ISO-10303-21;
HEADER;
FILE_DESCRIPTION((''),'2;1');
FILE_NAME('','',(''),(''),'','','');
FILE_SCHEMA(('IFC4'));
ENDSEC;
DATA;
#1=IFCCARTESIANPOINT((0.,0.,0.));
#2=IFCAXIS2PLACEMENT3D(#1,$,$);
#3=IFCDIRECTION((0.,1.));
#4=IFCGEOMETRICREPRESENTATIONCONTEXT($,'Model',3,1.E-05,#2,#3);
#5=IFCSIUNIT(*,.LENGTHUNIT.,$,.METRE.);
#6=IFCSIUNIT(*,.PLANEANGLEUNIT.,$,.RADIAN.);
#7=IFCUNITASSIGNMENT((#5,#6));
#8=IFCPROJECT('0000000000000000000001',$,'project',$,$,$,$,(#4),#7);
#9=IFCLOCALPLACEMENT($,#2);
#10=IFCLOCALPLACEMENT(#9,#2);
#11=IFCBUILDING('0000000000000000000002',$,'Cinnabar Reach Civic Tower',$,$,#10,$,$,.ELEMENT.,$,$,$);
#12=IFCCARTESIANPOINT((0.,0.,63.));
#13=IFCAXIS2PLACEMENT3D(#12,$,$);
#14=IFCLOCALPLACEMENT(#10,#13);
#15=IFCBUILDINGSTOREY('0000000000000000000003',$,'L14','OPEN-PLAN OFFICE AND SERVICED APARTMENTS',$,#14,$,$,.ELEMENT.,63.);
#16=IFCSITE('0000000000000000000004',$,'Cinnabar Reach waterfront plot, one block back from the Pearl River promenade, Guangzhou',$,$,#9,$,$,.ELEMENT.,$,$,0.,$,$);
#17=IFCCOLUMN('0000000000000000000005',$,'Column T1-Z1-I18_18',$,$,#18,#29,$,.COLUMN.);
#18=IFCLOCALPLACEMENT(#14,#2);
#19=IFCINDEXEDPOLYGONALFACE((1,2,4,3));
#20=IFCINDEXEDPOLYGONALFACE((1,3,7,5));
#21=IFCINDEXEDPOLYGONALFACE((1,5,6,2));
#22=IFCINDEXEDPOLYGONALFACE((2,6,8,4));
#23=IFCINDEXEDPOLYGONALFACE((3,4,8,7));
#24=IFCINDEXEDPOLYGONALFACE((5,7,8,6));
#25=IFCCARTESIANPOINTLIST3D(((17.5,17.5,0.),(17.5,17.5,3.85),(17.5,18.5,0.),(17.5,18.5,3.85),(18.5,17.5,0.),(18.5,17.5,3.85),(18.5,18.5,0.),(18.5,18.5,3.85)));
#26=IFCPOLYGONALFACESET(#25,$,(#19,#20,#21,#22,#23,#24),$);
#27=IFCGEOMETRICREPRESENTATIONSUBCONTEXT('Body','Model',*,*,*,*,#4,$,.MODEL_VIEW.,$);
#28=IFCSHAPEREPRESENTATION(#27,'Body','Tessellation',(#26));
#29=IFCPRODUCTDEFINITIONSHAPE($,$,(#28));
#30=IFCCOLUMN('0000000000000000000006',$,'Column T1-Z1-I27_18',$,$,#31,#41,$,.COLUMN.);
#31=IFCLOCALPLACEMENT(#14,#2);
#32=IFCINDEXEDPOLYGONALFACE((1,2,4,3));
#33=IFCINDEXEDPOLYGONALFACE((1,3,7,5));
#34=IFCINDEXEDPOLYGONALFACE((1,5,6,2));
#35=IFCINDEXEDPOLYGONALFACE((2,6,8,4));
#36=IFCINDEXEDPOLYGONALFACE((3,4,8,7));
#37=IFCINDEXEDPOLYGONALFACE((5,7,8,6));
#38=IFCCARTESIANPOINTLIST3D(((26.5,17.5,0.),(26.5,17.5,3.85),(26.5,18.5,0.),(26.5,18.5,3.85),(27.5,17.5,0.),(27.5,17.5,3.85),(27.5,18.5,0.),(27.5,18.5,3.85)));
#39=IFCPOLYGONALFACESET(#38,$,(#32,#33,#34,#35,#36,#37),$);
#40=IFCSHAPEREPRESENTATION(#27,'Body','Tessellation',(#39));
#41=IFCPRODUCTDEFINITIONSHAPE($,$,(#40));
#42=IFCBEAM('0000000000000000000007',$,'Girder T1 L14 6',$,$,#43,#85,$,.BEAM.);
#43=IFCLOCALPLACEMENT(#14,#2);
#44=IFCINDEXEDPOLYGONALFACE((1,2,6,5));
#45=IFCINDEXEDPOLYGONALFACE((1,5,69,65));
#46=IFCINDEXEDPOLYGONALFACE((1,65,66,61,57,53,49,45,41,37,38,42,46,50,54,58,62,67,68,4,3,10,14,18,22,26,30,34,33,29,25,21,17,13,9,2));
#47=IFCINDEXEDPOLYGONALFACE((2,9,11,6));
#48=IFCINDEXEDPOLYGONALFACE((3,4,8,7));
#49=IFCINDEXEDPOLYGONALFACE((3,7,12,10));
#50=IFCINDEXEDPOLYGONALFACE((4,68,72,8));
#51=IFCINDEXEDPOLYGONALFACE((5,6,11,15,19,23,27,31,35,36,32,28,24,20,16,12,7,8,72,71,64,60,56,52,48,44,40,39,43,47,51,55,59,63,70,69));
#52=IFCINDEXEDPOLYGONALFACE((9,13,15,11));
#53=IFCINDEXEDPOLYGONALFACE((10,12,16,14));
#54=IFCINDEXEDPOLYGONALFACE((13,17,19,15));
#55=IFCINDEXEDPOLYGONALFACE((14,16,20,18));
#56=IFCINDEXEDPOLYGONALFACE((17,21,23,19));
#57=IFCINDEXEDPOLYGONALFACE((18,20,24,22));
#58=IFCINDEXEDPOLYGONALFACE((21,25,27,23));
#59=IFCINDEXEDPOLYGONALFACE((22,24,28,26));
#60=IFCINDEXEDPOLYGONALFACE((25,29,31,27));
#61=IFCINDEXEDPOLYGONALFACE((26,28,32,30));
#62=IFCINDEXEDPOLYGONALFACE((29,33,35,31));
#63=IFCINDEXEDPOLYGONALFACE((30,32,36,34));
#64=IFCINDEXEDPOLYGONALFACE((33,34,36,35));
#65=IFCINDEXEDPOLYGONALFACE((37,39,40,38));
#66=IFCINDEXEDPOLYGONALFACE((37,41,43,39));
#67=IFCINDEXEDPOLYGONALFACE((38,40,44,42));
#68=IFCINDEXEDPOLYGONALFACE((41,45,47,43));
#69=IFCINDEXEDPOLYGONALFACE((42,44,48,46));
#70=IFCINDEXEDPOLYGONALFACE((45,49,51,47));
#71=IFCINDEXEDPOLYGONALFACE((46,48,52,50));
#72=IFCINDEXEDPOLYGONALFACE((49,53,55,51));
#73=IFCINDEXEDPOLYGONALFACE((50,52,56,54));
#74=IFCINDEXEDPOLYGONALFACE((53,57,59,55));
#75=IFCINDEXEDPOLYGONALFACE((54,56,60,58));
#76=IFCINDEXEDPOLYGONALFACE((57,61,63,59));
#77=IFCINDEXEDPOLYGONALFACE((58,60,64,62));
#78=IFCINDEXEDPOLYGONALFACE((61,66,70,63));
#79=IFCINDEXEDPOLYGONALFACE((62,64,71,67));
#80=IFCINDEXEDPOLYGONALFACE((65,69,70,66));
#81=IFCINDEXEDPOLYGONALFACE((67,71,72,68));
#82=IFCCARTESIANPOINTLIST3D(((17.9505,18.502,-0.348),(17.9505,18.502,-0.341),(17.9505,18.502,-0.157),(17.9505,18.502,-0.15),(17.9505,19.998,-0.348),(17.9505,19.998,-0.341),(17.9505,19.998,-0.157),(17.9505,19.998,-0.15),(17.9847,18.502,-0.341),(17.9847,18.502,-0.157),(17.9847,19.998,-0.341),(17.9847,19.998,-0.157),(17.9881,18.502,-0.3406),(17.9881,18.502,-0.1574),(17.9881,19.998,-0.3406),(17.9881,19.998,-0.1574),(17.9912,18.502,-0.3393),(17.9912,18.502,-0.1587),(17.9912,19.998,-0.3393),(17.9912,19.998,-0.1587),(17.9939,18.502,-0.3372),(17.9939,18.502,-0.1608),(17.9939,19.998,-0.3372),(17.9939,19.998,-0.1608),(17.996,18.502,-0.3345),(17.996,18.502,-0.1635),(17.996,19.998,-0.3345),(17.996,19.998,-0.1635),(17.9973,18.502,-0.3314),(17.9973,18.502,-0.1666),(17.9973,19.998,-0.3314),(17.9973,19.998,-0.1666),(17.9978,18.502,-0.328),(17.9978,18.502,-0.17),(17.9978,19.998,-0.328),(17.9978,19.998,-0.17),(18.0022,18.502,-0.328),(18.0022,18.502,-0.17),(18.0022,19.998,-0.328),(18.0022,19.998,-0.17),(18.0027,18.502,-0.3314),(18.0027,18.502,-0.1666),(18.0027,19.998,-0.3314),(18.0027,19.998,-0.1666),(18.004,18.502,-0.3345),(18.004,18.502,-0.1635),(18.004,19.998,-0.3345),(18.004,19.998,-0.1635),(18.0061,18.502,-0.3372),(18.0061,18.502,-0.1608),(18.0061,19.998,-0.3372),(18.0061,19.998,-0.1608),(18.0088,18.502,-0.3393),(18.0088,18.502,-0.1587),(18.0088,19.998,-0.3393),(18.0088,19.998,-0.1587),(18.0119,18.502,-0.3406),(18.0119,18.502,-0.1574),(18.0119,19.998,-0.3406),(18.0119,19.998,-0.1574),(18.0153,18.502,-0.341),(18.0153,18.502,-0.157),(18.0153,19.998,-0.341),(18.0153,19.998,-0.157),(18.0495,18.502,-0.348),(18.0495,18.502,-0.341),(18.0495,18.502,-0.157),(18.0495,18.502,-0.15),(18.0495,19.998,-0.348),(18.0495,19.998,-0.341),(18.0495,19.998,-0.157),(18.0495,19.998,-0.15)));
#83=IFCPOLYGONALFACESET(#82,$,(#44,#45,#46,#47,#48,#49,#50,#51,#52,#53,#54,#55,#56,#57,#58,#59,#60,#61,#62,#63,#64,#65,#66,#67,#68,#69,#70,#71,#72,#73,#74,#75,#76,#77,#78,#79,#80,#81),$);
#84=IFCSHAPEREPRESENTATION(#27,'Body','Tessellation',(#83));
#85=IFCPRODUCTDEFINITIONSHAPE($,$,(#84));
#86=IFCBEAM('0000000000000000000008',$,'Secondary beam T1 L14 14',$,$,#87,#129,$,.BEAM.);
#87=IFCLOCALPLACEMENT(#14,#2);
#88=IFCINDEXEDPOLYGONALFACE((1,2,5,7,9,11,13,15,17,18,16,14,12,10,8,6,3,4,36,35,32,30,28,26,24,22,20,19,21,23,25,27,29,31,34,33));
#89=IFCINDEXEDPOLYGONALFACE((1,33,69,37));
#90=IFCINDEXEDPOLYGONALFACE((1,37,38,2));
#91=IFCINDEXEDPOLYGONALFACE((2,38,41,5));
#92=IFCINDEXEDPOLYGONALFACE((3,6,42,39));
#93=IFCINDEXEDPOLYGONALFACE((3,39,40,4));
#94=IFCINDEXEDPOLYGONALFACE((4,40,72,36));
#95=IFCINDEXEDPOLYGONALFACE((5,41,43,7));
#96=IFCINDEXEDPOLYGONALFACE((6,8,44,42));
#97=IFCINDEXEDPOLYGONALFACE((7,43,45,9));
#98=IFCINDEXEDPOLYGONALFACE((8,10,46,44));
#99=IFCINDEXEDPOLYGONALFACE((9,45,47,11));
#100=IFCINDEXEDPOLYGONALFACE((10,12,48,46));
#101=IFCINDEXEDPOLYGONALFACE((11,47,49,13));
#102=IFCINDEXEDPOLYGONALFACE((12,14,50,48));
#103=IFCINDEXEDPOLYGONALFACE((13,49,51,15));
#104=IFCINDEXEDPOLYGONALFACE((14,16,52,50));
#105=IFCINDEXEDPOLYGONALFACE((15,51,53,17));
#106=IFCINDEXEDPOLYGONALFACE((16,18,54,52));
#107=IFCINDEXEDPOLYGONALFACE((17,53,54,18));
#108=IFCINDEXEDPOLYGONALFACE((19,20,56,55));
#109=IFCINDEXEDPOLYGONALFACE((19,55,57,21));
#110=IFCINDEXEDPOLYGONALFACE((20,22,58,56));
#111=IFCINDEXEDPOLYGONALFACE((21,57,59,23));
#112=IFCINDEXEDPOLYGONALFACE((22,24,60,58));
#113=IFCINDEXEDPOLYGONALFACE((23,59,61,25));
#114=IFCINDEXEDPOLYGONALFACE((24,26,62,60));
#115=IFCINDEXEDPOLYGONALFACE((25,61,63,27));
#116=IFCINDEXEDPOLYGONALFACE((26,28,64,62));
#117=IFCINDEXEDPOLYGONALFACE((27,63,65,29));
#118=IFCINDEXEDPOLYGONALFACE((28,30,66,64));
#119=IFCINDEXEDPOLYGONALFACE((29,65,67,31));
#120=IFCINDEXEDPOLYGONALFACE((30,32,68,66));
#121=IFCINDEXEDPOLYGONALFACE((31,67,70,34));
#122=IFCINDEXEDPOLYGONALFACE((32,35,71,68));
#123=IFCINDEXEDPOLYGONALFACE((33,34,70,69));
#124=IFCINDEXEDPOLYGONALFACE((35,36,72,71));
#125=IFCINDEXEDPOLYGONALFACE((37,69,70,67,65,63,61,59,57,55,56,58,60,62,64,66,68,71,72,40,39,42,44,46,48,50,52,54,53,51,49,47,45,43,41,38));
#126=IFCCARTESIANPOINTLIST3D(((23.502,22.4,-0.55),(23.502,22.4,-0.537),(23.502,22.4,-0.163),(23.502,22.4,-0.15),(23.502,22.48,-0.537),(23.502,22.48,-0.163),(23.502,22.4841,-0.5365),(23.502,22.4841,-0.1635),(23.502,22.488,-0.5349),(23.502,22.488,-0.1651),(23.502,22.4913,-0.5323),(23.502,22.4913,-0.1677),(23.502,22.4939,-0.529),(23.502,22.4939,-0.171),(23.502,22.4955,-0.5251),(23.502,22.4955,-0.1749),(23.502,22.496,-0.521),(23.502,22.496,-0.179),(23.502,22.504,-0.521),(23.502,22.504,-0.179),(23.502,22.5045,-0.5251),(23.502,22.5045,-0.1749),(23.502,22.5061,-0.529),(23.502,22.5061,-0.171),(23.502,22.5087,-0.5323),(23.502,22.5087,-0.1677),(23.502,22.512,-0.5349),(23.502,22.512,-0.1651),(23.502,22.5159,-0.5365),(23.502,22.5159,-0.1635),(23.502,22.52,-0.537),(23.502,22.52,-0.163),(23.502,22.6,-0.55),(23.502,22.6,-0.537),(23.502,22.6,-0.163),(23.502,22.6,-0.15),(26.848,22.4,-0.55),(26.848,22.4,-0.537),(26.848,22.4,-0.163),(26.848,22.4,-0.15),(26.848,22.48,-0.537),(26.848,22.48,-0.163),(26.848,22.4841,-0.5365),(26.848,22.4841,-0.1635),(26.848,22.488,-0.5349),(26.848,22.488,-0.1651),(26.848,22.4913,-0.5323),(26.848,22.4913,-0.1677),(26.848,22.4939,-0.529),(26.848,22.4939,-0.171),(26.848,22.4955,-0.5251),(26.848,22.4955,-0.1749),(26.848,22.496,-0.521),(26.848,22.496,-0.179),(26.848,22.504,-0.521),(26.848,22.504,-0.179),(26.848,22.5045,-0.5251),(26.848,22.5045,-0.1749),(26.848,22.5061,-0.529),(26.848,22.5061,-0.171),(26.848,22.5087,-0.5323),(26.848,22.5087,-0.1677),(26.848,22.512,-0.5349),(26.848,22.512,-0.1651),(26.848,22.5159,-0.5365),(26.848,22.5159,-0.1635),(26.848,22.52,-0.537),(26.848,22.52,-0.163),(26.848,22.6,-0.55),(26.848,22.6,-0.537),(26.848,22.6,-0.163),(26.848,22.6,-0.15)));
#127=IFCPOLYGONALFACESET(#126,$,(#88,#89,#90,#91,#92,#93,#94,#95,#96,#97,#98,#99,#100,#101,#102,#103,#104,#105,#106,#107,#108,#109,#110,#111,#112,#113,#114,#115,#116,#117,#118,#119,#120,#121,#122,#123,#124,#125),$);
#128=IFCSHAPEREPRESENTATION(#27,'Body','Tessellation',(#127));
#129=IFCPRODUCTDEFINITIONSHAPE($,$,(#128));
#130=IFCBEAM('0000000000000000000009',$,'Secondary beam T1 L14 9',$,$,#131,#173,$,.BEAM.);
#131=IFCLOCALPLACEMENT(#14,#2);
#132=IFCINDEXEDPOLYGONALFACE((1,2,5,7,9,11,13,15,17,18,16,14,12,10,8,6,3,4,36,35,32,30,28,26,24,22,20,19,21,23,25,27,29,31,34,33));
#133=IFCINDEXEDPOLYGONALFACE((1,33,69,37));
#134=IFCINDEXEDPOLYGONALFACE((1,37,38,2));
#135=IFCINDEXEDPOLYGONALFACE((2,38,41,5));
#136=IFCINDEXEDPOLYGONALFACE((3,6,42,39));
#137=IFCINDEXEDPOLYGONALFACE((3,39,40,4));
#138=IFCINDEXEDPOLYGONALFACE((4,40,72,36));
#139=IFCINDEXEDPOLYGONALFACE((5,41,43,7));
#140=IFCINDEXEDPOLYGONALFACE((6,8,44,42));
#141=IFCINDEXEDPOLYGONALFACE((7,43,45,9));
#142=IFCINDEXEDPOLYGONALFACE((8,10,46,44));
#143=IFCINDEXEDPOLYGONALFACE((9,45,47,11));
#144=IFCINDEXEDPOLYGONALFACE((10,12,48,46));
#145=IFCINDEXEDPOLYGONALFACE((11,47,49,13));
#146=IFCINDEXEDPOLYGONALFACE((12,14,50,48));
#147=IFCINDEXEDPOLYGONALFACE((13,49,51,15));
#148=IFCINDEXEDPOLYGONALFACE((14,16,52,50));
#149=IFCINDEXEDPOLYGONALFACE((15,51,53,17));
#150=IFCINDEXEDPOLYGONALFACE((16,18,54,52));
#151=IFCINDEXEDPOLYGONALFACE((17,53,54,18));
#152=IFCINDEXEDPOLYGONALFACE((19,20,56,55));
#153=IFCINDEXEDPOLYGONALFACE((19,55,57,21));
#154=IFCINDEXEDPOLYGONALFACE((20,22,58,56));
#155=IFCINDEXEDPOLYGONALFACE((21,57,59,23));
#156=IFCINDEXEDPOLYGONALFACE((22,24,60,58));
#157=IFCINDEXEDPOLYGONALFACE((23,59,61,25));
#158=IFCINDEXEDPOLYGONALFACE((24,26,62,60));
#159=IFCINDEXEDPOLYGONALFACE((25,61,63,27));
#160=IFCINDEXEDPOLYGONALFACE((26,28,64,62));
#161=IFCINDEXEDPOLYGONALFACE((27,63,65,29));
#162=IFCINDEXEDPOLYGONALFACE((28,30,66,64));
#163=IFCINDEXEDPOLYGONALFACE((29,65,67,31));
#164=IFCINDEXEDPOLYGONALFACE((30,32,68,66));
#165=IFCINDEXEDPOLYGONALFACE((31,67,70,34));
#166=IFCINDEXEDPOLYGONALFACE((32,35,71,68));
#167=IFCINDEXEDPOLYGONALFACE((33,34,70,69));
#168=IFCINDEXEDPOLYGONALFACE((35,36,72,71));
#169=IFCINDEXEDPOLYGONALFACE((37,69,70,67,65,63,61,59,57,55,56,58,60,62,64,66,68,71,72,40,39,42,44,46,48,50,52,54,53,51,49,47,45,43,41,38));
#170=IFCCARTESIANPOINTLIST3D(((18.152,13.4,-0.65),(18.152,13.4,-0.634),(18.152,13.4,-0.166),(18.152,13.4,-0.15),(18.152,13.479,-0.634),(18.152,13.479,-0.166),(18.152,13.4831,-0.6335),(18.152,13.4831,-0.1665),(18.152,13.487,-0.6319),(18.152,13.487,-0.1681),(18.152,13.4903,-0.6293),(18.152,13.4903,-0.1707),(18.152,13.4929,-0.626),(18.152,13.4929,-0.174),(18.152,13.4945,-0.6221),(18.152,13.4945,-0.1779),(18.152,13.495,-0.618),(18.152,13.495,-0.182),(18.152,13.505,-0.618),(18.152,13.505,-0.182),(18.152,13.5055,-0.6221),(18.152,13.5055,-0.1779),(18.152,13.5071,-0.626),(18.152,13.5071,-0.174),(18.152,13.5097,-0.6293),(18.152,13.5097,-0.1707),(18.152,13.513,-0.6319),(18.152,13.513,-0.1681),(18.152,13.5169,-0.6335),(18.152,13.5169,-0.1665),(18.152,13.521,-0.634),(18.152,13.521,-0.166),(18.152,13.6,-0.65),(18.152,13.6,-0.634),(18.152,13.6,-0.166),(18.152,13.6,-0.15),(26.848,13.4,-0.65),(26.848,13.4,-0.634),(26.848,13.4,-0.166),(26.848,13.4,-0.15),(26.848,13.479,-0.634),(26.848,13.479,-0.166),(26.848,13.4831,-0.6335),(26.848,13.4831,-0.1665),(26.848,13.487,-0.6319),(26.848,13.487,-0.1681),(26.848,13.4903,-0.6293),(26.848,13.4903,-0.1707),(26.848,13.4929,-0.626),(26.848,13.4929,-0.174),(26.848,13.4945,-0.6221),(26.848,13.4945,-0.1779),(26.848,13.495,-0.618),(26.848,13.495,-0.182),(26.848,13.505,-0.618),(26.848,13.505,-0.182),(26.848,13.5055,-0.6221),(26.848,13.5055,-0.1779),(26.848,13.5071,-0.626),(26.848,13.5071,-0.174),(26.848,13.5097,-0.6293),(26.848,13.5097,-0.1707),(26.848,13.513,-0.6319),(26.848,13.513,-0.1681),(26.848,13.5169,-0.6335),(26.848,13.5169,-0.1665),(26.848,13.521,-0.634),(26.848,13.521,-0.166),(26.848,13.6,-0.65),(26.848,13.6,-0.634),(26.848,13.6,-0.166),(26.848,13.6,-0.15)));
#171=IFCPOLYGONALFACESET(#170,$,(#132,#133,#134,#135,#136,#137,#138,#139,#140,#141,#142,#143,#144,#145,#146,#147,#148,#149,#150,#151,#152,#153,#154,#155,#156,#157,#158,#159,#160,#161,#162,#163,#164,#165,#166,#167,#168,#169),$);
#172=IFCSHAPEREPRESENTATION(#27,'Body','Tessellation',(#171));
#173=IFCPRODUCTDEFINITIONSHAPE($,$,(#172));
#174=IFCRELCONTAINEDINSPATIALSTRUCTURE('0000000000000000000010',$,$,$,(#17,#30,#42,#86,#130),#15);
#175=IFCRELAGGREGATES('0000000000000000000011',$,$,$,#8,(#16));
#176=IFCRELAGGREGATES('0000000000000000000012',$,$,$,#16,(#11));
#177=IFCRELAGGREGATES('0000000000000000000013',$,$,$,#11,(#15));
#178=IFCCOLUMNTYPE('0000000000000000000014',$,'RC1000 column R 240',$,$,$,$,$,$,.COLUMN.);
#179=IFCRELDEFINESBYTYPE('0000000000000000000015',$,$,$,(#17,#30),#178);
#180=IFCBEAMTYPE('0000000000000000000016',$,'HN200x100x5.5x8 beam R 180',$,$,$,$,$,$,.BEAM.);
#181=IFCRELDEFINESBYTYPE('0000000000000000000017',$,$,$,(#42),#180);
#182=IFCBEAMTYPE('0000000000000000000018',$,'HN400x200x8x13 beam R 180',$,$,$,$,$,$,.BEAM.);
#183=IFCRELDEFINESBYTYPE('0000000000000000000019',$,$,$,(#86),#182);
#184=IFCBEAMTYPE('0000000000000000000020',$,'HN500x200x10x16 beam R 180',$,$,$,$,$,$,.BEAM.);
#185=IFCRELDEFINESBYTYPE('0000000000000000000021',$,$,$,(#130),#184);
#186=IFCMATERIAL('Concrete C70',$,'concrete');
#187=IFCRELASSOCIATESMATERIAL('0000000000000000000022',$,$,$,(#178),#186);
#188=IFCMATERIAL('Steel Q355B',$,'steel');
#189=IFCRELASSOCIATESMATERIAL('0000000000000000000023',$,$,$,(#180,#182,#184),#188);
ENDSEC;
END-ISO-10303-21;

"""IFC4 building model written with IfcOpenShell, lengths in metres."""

from ifc_helpers import new_model, si_unit, direction, frame, origin, origin_2d, place, context, subcontext, project, spatial, rectangle, i_section, extrude, material, material_profile, profile_set, type_object, element, save


model = new_model("IFC4")

# Units and contexts
model_context = context("Model", 3, precision=1e-05, world=origin(), true_north=direction((0.0, 1.0)))
body_context = subcontext(model_context, "Body", "Model", "MODEL_VIEW")
ifc_project = project(units=[si_unit("LENGTHUNIT", "METRE"), si_unit("PLANEANGLEUNIT", "RADIAN")], contexts=[model_context])

# Site, building, storey
site_placement = place(None, origin())
site = spatial("IfcSite", under=ifc_project, at=site_placement, Name="Cinnabar Reach waterfront plot, one block back from the Pearl River promenade, Guangzhou", CompositionType="ELEMENT", RefElevation=0.0)
building_placement = place(site_placement, origin())
building = spatial("IfcBuilding", under=site, at=building_placement, Name="Cinnabar Reach Civic Tower", CompositionType="ELEMENT")
storey_placement = place(building_placement, frame((0.0, 0.0, 63.0)))
storey = spatial("IfcBuildingStorey", under=building, at=storey_placement, Name="L14", Description="OPEN-PLAN OFFICE AND SERVICED APARTMENTS", CompositionType="ELEMENT", Elevation=63.0)

# Columns
ifc_material_1 = material(Name="Concrete C70", Category="concrete")
ifc_material_profile_1 = material_profile(ifc_material_1, rectangle(XDim=1.0, YDim=1.0, at=origin_2d()), Name="RC1000")
ifc_profile_set_1 = profile_set([ifc_material_profile_1], Name="Concrete C70")
column_type = type_object("IfcColumnType", Name="RC1000 column R 240", PredefinedType="COLUMN", material=ifc_profile_set_1)
for number, where, z_axis, x_axis, name in (
    (1, (18.0, 18.0, 0.0), (0.0, 0.0, 1.0), (1.0, 0.0, 0.0), "Column T1-Z1-I18_18"),
    (2, (27.0, 18.0, 0.0), (0.0, 0.0, 1.0), (1.0, 0.0, 0.0), "Column T1-Z1-I27_18"),
):
    element("IfcColumn", number, at=place(storey_placement, frame(where, z_axis=z_axis, x_axis=x_axis)), inside=storey, type_object=column_type, Name=name, PredefinedType="COLUMN", context=body_context, shape_type="SweptSolid", body=[
        extrude(rectangle(XDim=1.0, YDim=1.0, at=origin_2d()), origin(), (0.0, 0.0, 1.0), 3.85),
    ])

# Beams
ifc_material_2 = material(Name="Steel Q355B", Category="steel")
ifc_material_profile_2 = material_profile(ifc_material_2, i_section(OverallWidth=0.099, OverallDepth=0.198, WebThickness=0.0045, FlangeThickness=0.007, FilletRadius=0.013, at=origin_2d()), Name="HN200x100x5.5x8")
ifc_profile_set_2 = profile_set([ifc_material_profile_2], Name="Steel Q355B")
beam_type_1 = type_object("IfcBeamType", Name="HN200x100x5.5x8 beam R 180", PredefinedType="BEAM", material=ifc_profile_set_2)
beam_1_placement = place(storey_placement, frame((18.0, 18.502, -0.249), z_axis=(0.0, 1.0, 0.0), x_axis=(-1.0, 0.0, 0.0)))
element("IfcBeam", 3, at=beam_1_placement, inside=storey, type_object=beam_type_1, Name="Girder T1 L14 6", PredefinedType="BEAM", context=body_context, shape_type="SweptSolid", body=[
    extrude(i_section(OverallWidth=0.099, OverallDepth=0.198, WebThickness=0.0045, FlangeThickness=0.007, FilletRadius=0.013, at=origin_2d()), origin(), (0.0, 0.0, 1.0), 1.496),
])
ifc_material_profile_3 = material_profile(ifc_material_2, i_section(OverallWidth=0.2, OverallDepth=0.4, WebThickness=0.008, FlangeThickness=0.013, FilletRadius=0.016, at=origin_2d()), Name="HN400x200x8x13")
ifc_profile_set_3 = profile_set([ifc_material_profile_3], Name="Steel Q355B")
beam_type_2 = type_object("IfcBeamType", Name="HN400x200x8x13 beam R 180", PredefinedType="BEAM", material=ifc_profile_set_3)
beam_2_placement = place(storey_placement, frame((23.502, 22.5, -0.35), z_axis=(1.0, 0.0, 0.0), x_axis=(0.0, 1.0, 0.0)))
element("IfcBeam", 4, at=beam_2_placement, inside=storey, type_object=beam_type_2, Name="Secondary beam T1 L14 14", PredefinedType="BEAM", context=body_context, shape_type="SweptSolid", body=[
    extrude(i_section(OverallWidth=0.2, OverallDepth=0.4, WebThickness=0.008, FlangeThickness=0.013, FilletRadius=0.016, at=origin_2d()), origin(), (0.0, 0.0, 1.0), 3.346),
])
ifc_material_profile_4 = material_profile(ifc_material_2, i_section(OverallWidth=0.2, OverallDepth=0.5, WebThickness=0.01, FlangeThickness=0.016, FilletRadius=0.016, at=origin_2d()), Name="HN500x200x10x16")
ifc_profile_set_4 = profile_set([ifc_material_profile_4], Name="Steel Q355B")
beam_type_3 = type_object("IfcBeamType", Name="HN500x200x10x16 beam R 180", PredefinedType="BEAM", material=ifc_profile_set_4)
beam_3_placement = place(storey_placement, frame((18.152, 13.5, -0.4), z_axis=(1.0, 0.0, 0.0), x_axis=(0.0, 1.0, 0.0)))
element("IfcBeam", 5, at=beam_3_placement, inside=storey, type_object=beam_type_3, Name="Secondary beam T1 L14 9", PredefinedType="BEAM", context=body_context, shape_type="SweptSolid", body=[
    extrude(i_section(OverallWidth=0.2, OverallDepth=0.5, WebThickness=0.01, FlangeThickness=0.016, FilletRadius=0.016, at=origin_2d()), origin(), (0.0, 0.0, 1.0), 8.696),
])

save(model, "model.ifc")
